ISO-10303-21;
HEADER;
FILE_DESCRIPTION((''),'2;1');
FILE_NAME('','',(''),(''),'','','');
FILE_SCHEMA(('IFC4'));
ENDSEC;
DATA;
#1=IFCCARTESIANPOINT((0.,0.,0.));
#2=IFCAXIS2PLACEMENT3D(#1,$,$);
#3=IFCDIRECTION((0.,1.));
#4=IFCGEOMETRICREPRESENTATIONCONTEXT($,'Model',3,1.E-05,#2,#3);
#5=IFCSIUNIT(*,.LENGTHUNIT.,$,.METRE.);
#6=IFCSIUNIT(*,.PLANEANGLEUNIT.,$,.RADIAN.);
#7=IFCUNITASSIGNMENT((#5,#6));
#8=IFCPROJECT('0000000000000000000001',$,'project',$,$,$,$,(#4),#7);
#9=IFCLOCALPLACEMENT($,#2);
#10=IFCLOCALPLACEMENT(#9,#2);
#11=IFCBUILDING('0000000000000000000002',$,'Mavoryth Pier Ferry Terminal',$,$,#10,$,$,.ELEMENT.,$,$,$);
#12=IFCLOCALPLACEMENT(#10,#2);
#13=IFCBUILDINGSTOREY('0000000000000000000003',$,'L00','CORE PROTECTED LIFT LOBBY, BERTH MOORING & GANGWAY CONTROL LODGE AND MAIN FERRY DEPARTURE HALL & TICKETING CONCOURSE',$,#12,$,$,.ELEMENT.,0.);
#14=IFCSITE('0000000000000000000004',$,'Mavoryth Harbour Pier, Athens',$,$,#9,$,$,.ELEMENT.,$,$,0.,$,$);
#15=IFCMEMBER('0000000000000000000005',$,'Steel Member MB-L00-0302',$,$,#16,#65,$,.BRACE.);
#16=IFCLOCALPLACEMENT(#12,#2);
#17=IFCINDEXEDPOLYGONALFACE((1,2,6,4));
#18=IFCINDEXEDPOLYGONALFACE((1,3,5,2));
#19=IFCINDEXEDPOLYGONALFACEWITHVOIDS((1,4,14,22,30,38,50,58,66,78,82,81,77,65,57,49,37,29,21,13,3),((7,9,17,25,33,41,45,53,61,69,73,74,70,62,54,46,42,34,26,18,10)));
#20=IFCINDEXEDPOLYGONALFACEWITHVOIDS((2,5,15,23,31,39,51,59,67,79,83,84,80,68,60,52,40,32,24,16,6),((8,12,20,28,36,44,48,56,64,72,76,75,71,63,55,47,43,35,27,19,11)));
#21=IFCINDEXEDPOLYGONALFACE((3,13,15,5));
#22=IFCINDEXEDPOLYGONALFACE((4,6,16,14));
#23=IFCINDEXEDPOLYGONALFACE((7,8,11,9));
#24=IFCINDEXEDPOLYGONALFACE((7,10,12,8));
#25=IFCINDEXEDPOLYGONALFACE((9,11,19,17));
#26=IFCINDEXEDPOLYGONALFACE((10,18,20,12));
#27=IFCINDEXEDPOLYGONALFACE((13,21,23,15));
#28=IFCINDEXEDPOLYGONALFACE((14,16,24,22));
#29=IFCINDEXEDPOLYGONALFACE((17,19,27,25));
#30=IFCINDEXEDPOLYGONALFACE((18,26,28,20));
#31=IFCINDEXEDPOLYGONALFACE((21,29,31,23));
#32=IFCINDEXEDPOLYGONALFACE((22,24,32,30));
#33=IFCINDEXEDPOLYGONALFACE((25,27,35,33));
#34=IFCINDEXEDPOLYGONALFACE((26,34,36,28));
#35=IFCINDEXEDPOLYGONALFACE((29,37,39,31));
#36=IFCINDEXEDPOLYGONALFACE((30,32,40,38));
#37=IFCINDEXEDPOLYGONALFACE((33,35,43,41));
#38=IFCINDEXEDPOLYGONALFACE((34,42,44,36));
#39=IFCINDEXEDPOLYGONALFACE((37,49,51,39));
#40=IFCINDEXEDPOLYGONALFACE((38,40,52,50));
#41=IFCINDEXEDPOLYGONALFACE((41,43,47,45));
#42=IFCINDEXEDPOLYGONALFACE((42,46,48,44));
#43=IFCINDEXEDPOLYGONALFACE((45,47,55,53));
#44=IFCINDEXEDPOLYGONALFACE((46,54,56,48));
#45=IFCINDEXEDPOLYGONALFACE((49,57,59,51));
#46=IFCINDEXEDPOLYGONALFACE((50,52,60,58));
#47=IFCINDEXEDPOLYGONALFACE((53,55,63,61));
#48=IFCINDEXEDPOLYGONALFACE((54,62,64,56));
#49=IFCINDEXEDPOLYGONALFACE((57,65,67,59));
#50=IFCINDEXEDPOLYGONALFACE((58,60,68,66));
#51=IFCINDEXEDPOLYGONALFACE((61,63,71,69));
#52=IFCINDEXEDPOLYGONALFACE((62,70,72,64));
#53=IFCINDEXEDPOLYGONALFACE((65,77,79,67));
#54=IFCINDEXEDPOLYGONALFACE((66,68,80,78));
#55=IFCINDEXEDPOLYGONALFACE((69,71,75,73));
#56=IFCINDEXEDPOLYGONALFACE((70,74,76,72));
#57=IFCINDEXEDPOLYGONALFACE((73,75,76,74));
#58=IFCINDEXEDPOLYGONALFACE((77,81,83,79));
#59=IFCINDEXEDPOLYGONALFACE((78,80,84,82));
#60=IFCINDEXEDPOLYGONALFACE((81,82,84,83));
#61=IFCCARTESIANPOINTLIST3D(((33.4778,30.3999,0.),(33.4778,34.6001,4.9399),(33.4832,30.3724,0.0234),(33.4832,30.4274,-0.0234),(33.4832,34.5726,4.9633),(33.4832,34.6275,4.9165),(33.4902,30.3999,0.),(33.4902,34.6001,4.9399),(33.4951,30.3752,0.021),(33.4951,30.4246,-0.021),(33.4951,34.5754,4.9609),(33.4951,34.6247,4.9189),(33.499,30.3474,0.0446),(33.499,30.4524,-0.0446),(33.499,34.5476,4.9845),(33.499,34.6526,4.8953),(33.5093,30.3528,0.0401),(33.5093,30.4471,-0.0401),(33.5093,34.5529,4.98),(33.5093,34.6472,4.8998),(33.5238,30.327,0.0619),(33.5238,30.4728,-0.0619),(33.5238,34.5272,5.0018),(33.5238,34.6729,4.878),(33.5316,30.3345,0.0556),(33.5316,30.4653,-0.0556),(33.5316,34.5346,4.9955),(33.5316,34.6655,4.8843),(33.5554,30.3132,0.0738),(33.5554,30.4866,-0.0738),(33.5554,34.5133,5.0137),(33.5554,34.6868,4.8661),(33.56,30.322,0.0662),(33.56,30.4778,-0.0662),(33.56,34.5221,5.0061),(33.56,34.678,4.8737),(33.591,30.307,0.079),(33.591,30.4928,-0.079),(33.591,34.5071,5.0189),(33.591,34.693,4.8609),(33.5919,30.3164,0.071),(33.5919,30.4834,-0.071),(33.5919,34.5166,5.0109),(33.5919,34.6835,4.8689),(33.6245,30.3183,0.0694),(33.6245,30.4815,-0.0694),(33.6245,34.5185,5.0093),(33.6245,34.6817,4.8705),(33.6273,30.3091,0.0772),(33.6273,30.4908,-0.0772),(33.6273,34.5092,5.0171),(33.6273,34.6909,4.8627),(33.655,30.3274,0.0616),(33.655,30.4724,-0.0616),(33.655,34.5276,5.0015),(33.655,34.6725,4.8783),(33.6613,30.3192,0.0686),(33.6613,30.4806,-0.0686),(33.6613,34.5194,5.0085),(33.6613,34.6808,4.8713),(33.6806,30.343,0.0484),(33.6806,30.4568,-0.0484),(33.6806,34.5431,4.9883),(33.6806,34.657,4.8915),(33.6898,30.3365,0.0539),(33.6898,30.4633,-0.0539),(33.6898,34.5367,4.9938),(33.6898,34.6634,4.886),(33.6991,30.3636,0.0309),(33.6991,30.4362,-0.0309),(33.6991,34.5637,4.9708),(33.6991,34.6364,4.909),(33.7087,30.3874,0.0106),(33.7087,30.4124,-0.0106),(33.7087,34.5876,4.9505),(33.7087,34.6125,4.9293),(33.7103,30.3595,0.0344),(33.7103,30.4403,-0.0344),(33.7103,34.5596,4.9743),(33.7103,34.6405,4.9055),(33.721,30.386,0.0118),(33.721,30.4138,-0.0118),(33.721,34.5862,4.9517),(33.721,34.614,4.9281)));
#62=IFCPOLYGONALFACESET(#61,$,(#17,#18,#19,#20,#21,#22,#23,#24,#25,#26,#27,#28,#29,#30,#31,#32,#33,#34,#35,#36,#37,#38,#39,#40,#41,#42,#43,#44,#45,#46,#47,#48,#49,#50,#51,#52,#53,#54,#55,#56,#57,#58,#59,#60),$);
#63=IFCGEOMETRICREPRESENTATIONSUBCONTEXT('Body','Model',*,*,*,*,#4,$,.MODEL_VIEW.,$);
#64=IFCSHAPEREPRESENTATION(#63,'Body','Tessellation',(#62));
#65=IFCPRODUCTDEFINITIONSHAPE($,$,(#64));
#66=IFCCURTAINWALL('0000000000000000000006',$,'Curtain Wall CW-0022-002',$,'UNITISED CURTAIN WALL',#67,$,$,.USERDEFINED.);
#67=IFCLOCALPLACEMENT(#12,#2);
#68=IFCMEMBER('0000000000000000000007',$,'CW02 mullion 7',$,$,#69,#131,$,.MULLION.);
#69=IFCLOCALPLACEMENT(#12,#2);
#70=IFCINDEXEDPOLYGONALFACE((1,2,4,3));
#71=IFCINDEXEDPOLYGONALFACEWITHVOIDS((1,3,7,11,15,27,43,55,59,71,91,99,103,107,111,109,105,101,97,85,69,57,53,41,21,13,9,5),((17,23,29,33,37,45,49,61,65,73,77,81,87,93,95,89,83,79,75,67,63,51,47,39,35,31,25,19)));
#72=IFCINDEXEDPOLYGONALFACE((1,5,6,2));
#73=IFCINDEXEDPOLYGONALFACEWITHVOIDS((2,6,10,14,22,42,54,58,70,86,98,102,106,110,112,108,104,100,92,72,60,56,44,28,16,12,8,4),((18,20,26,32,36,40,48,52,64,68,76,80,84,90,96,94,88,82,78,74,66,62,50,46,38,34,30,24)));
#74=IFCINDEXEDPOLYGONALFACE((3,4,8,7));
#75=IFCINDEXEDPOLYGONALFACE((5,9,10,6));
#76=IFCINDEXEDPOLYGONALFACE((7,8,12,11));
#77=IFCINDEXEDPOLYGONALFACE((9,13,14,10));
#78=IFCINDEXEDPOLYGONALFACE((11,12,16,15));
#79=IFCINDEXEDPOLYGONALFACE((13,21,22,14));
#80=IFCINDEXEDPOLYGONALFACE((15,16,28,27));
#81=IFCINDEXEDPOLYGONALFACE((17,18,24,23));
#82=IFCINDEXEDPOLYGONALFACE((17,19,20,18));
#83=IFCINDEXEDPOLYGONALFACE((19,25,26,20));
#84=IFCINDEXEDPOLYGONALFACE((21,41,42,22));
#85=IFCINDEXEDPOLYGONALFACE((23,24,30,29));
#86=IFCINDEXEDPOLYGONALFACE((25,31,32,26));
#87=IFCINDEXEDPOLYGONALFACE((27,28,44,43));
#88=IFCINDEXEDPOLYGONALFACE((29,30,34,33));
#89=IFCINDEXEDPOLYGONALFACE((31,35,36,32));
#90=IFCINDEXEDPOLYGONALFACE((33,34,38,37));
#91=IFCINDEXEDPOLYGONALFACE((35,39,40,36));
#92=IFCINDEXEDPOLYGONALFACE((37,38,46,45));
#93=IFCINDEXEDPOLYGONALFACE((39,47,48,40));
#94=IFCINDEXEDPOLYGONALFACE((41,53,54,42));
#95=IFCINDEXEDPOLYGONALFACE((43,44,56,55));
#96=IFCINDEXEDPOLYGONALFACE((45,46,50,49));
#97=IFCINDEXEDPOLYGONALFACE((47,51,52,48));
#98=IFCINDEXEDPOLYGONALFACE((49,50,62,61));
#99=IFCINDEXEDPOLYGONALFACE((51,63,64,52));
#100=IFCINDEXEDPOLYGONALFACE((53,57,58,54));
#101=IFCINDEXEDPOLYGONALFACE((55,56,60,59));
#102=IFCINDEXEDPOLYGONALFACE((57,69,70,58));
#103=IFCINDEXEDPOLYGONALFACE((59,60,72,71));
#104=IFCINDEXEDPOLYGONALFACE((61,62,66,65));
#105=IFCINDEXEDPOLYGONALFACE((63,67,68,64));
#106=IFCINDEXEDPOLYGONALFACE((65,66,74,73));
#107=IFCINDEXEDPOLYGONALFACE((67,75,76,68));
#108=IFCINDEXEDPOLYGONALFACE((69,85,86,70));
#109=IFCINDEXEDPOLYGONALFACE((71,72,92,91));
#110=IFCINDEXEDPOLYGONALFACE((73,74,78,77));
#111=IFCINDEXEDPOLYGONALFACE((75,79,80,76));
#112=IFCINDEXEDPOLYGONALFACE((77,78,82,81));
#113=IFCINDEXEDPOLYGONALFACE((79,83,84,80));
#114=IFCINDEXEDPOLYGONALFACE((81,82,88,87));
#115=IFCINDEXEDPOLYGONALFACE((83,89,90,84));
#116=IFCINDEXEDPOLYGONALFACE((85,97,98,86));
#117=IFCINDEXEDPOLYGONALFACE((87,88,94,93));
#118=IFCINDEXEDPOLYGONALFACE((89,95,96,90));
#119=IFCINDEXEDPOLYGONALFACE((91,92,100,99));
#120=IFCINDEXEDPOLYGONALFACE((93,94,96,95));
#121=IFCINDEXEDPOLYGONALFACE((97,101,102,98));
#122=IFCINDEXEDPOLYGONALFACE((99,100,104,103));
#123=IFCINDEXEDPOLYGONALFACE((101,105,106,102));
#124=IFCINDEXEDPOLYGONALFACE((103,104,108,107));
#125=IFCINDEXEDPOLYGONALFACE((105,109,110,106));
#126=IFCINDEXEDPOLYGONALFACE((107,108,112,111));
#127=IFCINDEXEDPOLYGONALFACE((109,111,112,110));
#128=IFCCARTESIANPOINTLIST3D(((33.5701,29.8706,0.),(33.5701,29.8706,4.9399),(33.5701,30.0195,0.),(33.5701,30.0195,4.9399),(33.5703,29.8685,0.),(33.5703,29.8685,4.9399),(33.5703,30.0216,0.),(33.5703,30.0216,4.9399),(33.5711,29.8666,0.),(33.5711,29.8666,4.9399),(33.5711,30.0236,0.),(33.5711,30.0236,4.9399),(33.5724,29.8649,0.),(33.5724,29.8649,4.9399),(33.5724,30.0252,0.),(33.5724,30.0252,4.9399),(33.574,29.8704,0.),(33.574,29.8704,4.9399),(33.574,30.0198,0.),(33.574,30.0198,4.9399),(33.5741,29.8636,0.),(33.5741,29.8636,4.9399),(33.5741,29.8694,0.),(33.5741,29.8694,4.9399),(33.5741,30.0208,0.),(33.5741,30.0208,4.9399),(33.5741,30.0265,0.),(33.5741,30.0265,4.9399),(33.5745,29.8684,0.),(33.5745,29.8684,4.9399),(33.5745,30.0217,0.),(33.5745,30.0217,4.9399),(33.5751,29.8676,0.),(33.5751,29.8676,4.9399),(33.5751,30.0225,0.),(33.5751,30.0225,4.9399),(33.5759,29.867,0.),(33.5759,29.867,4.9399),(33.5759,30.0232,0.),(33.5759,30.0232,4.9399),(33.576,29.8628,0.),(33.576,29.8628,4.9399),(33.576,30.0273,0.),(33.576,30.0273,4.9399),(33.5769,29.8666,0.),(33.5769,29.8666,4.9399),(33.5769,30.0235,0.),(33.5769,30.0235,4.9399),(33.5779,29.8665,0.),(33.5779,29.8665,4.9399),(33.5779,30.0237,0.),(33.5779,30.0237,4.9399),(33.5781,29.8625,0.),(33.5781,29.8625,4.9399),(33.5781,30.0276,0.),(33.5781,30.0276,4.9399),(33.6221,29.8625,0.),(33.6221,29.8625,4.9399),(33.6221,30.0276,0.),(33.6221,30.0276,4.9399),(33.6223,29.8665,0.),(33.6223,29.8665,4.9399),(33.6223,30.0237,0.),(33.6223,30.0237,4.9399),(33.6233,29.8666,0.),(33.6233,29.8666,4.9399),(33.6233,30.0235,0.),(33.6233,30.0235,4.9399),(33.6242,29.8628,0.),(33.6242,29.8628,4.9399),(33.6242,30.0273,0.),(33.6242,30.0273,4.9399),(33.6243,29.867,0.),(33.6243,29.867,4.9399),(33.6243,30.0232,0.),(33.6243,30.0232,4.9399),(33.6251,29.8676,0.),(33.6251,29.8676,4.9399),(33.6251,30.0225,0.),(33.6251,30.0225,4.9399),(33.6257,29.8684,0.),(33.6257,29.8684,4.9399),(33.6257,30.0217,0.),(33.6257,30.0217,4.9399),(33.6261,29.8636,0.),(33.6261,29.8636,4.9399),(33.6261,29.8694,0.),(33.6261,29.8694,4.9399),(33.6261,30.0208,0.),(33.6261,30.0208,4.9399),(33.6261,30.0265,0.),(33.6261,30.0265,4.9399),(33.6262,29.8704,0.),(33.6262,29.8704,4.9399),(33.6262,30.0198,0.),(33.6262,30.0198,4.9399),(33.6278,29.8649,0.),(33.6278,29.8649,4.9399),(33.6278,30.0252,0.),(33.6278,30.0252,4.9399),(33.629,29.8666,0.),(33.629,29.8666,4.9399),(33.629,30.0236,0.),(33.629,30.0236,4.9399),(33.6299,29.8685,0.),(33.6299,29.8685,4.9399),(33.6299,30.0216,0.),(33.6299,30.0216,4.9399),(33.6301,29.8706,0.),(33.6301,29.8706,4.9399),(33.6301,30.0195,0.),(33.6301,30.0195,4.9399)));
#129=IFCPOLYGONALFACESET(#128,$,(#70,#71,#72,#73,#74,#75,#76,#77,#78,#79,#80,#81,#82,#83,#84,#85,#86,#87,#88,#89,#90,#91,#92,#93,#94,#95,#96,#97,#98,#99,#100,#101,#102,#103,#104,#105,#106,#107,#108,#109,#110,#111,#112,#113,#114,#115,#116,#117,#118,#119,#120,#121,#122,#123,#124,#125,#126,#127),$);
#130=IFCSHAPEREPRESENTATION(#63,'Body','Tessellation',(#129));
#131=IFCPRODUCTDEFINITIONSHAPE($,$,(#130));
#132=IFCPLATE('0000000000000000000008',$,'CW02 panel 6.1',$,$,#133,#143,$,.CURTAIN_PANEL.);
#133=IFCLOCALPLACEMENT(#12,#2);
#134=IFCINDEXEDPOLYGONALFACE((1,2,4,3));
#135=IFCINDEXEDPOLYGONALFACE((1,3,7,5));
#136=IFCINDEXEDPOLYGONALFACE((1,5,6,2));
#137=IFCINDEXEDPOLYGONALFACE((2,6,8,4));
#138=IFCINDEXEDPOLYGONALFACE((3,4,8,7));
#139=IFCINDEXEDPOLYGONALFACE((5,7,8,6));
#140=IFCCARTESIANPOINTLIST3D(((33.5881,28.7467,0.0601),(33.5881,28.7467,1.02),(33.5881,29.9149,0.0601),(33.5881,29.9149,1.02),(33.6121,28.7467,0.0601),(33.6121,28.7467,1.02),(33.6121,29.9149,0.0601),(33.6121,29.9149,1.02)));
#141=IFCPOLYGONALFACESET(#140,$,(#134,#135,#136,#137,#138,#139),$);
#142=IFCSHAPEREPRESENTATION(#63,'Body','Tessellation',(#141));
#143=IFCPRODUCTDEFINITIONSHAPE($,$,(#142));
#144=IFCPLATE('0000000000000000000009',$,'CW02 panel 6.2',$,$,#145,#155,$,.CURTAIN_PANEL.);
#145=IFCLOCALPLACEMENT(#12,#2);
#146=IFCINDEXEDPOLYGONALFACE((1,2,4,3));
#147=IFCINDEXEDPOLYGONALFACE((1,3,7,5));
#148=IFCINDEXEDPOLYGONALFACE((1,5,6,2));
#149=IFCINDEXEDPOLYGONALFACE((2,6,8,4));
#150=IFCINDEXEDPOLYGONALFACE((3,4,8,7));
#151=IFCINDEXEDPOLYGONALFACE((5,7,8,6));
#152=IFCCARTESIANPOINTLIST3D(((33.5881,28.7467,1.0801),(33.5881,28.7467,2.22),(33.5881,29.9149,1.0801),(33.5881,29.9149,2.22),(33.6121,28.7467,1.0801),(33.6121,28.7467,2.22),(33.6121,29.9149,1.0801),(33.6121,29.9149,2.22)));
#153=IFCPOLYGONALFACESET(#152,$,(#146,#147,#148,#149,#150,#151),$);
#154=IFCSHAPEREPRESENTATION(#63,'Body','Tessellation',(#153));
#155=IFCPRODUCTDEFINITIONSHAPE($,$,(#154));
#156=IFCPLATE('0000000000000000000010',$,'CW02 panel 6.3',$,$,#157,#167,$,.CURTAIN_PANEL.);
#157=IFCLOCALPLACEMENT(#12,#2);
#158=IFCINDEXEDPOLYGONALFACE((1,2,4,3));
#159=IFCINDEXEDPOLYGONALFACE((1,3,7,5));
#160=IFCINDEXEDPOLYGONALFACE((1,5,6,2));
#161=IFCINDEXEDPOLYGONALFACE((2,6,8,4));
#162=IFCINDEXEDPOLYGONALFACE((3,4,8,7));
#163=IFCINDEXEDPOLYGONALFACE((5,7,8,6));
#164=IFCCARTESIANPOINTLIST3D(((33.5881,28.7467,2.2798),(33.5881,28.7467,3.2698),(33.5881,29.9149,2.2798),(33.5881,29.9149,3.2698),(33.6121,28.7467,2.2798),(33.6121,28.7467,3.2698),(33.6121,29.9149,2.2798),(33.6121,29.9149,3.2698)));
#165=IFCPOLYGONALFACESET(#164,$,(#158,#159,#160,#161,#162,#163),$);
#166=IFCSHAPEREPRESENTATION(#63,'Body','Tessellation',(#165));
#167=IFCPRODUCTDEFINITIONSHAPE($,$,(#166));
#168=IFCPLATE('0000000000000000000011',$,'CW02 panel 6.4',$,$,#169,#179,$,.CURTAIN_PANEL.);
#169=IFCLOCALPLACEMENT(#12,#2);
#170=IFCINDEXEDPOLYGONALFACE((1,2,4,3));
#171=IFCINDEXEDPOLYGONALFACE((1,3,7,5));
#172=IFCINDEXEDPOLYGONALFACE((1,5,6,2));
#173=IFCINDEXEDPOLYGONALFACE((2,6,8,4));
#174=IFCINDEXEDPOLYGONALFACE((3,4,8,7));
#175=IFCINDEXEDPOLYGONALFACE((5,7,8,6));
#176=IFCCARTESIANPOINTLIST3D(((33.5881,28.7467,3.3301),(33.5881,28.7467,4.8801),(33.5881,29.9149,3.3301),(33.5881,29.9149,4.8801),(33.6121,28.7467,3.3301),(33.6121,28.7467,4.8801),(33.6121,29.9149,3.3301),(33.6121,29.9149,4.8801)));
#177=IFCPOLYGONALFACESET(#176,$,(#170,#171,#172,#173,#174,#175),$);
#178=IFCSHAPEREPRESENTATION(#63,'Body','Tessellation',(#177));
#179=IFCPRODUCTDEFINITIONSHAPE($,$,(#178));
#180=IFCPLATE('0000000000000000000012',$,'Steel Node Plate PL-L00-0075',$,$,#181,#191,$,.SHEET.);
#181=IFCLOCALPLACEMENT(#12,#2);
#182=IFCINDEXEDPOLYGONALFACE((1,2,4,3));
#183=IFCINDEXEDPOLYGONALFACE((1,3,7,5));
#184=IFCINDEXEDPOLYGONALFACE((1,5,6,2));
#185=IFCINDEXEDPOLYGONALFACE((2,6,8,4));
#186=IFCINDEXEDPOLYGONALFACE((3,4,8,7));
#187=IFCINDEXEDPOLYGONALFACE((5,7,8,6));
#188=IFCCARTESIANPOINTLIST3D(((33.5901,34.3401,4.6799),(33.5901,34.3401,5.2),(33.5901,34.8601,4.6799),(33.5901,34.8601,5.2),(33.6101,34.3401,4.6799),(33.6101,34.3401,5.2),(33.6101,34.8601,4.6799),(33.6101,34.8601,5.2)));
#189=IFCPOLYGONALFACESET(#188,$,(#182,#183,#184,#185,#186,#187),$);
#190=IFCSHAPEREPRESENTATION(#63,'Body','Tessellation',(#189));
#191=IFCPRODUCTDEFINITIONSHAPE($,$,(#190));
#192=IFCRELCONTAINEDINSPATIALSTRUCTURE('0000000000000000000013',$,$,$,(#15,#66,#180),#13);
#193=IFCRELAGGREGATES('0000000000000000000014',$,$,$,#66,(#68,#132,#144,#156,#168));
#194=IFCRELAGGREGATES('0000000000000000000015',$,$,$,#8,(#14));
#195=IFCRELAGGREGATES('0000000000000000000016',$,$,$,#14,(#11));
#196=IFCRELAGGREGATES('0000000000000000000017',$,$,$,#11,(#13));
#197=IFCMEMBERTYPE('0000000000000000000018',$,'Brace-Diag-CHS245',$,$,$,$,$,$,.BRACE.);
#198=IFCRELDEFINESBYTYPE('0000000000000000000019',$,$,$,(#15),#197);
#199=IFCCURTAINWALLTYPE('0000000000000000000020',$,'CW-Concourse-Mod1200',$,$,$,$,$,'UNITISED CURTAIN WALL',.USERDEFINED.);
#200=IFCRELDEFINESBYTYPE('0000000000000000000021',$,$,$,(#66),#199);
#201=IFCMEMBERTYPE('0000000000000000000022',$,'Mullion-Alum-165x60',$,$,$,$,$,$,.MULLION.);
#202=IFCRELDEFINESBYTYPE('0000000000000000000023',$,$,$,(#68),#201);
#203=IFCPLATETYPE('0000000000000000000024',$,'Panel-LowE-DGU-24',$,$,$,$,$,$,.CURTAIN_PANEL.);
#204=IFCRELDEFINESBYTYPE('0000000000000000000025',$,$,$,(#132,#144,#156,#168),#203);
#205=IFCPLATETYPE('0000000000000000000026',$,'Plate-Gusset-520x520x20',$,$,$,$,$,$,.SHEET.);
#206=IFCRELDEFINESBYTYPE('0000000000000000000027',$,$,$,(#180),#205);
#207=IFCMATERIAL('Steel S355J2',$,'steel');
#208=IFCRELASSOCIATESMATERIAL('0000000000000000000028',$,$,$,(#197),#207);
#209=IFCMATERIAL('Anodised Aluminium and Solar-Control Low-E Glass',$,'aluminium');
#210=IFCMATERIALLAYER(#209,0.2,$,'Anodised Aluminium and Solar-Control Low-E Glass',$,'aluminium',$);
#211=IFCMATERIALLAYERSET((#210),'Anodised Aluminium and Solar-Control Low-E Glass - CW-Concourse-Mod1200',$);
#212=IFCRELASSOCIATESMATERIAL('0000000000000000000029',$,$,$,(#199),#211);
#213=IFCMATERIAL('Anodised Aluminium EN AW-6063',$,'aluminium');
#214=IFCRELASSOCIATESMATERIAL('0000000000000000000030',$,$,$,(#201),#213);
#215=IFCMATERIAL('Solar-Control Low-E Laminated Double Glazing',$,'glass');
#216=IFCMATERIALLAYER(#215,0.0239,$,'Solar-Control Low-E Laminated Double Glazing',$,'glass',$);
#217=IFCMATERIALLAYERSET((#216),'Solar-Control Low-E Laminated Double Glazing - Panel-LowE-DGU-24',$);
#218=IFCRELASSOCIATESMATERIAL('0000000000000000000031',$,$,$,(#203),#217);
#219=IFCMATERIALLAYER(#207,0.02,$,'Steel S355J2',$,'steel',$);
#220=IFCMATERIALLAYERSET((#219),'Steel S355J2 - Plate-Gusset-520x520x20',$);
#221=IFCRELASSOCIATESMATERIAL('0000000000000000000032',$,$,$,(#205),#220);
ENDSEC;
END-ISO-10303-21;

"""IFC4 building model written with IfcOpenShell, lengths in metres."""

from ifc_helpers import new_model, si_unit, direction, frame, origin, origin_2d, place, context, subcontext, project, spatial, rectangle, hollow_rectangle, hollow_circle, extrude, material, layer, layer_set, material_profile, profile_set, type_object, element, aggregate, save


model = new_model("IFC4")

# Units and contexts
model_context = context("Model", 3, precision=1e-05, world=origin(), true_north=direction((0.0, 1.0)))
body_context = subcontext(model_context, "Body", "Model", "MODEL_VIEW")
ifc_project = project(units=[si_unit("LENGTHUNIT", "METRE"), si_unit("PLANEANGLEUNIT", "RADIAN")], contexts=[model_context])

# Site, building, storey
site_placement = place(None, origin())
site = spatial("IfcSite", under=ifc_project, at=site_placement, Name="Mavoryth Harbour Pier, Athens", CompositionType="ELEMENT", RefElevation=0.0)
building_placement = place(site_placement, origin())
building = spatial("IfcBuilding", under=site, at=building_placement, Name="Mavoryth Pier Ferry Terminal", CompositionType="ELEMENT")
storey_placement = place(building_placement, origin())
storey = spatial("IfcBuildingStorey", under=building, at=storey_placement, Name="L00", Description="CORE PROTECTED LIFT LOBBY, BERTH MOORING & GANGWAY CONTROL LODGE AND MAIN FERRY DEPARTURE HALL & TICKETING CONCOURSE", CompositionType="ELEMENT", Elevation=0.0)

# Member
ifc_material_1 = material(Name="Steel S355J2", Category="steel")
ifc_material_profile_1 = material_profile(ifc_material_1, hollow_circle(Radius=0.1223, WallThickness=0.0125, at=origin_2d()), Name="CHS 244.5x12.5", Category="steel")
ifc_profile_set_1 = profile_set([ifc_material_profile_1], Name="Steel S355J2 - CHS 244.5x12.5")
member_type_1 = type_object("IfcMemberType", Name="Brace-Diag-CHS245", PredefinedType="BRACE", material=ifc_profile_set_1)
member_1_placement = place(storey_placement, frame((33.6001, 30.3999, 0.0), z_axis=(0.0, 0.64776, 0.761845), x_axis=(-1.0, 0.0, 0.0)))
element("IfcMember", 1, at=member_1_placement, inside=storey, type_object=member_type_1, Name="Steel Member MB-L00-0302", PredefinedType="BRACE", context=body_context, shape_type="SweptSolid", body=[
    extrude(hollow_circle(Radius=0.1223, WallThickness=0.0125, at=origin_2d()), origin(), (0.0, 0.0, 1.0), 6.4841),
])

# Curtain wall, member, plates
ifc_material_2 = material(Name="Anodised Aluminium and Solar-Control Low-E Glass", Category="aluminium")
ifc_layer_1 = layer(ifc_material_2, 0.2, Name="Anodised Aluminium and Solar-Control Low-E Glass", Category="aluminium")
ifc_layer_set_1 = layer_set([ifc_layer_1], Name="Anodised Aluminium and Solar-Control Low-E Glass - CW-Concourse-Mod1200")
curtain_wall_type = type_object("IfcCurtainWallType", Name="CW-Concourse-Mod1200", ElementType="UNITISED CURTAIN WALL", PredefinedType="USERDEFINED", material=ifc_layer_set_1)
curtain_wall_placement = place(storey_placement, origin())
curtain_wall = element("IfcCurtainWall", 2, at=curtain_wall_placement, inside=storey, type_object=curtain_wall_type, Name="Curtain Wall CW-0022-002", ObjectType="UNITISED CURTAIN WALL", PredefinedType="USERDEFINED")
ifc_material_3 = material(Name="Anodised Aluminium EN AW-6063", Category="aluminium")
ifc_material_profile_2 = material_profile(ifc_material_3, hollow_rectangle(XDim=0.0601, YDim=0.165, WallThickness=0.0039, InnerFilletRadius=0.0039, OuterFilletRadius=0.0081, at=origin_2d()), Name="AL-MULL 165x60x4", Category="aluminium")
ifc_profile_set_2 = profile_set([ifc_material_profile_2], Name="Anodised Aluminium EN AW-6063 - AL-MULL 165x60x4")
member_type_2 = type_object("IfcMemberType", Name="Mullion-Alum-165x60", PredefinedType="MULLION", material=ifc_profile_set_2)
member_2_placement = place(storey_placement, frame((33.6001, 29.9451, 0.0), z_axis=(0.0, 0.0, 1.0), x_axis=(-1.0, 0.0, 0.0)))
member_2 = element("IfcMember", 3, at=member_2_placement, type_object=member_type_2, Name="CW02 mullion 7", PredefinedType="MULLION", context=body_context, shape_type="SweptSolid", body=[
    extrude(hollow_rectangle(XDim=0.0601, YDim=0.165, WallThickness=0.0039, InnerFilletRadius=0.0039, OuterFilletRadius=0.0081, at=origin_2d()), origin(), (0.0, 0.0, 1.0), 4.9399),
])
ifc_material_4 = material(Name="Solar-Control Low-E Laminated Double Glazing", Category="glass")
ifc_layer_2 = layer(ifc_material_4, 0.0239, Name="Solar-Control Low-E Laminated Double Glazing", Category="glass")
ifc_layer_set_2 = layer_set([ifc_layer_2], Name="Solar-Control Low-E Laminated Double Glazing - Panel-LowE-DGU-24")
plate_type_1 = type_object("IfcPlateType", Name="Panel-LowE-DGU-24", PredefinedType="CURTAIN_PANEL", material=ifc_layer_set_2)
plate_1_placement = place(storey_placement, frame((33.6001, 29.3308, 0.0601), z_axis=(0.0, 0.0, 1.0), x_axis=(0.0, 1.0, 0.0)))
plate_1 = element("IfcPlate", 4, at=plate_1_placement, type_object=plate_type_1, Name="CW02 panel 6.1", PredefinedType="CURTAIN_PANEL", context=body_context, shape_type="SweptSolid", body=[
    extrude(rectangle(XDim=1.1682, YDim=0.0239, at=origin_2d()), origin(), (0.0, 0.0, 1.0), 0.96),
])
plate_2_placement = place(storey_placement, frame((33.6001, 29.3308, 1.0801), z_axis=(0.0, 0.0, 1.0), x_axis=(0.0, 1.0, 0.0)))
plate_2 = element("IfcPlate", 5, at=plate_2_placement, type_object=plate_type_1, Name="CW02 panel 6.2", PredefinedType="CURTAIN_PANEL", context=body_context, shape_type="SweptSolid", body=[
    extrude(rectangle(XDim=1.1682, YDim=0.0239, at=origin_2d()), origin(), (0.0, 0.0, 1.0), 1.1399),
])
plate_3_placement = place(storey_placement, frame((33.6001, 29.3308, 2.2798), z_axis=(0.0, 0.0, 1.0), x_axis=(0.0, 1.0, 0.0)))
plate_3 = element("IfcPlate", 6, at=plate_3_placement, type_object=plate_type_1, Name="CW02 panel 6.3", PredefinedType="CURTAIN_PANEL", context=body_context, shape_type="SweptSolid", body=[
    extrude(rectangle(XDim=1.1682, YDim=0.0239, at=origin_2d()), origin(), (0.0, 0.0, 1.0), 0.99),
])
plate_4_placement = place(storey_placement, frame((33.6001, 29.3308, 3.3301), z_axis=(0.0, 0.0, 1.0), x_axis=(0.0, 1.0, 0.0)))
plate_4 = element("IfcPlate", 7, at=plate_4_placement, type_object=plate_type_1, Name="CW02 panel 6.4", PredefinedType="CURTAIN_PANEL", context=body_context, shape_type="SweptSolid", body=[
    extrude(rectangle(XDim=1.1682, YDim=0.0239, at=origin_2d()), origin(), (0.0, 0.0, 1.0), 1.55),
])
aggregate(curtain_wall, [member_2, plate_1, plate_2, plate_3, plate_4])

# Plate
ifc_layer_3 = layer(ifc_material_1, 0.02, Name="Steel S355J2", Category="steel")
ifc_layer_set_3 = layer_set([ifc_layer_3], Name="Steel S355J2 - Plate-Gusset-520x520x20")
plate_type_2 = type_object("IfcPlateType", Name="Plate-Gusset-520x520x20", PredefinedType="SHEET", material=ifc_layer_set_3)
plate_5_placement = place(storey_placement, frame((33.6001, 34.6001, 4.6799), z_axis=(0.0, 0.0, 1.0), x_axis=(0.0, 1.0, 0.0)))
element("IfcPlate", 8, at=plate_5_placement, inside=storey, type_object=plate_type_2, Name="Steel Node Plate PL-L00-0075", PredefinedType="SHEET", context=body_context, shape_type="SweptSolid", body=[
    extrude(rectangle(XDim=0.52, YDim=0.02, at=origin_2d()), origin(), (0.0, 0.0, 1.0), 0.52),
])

save(model, "model.ifc")
